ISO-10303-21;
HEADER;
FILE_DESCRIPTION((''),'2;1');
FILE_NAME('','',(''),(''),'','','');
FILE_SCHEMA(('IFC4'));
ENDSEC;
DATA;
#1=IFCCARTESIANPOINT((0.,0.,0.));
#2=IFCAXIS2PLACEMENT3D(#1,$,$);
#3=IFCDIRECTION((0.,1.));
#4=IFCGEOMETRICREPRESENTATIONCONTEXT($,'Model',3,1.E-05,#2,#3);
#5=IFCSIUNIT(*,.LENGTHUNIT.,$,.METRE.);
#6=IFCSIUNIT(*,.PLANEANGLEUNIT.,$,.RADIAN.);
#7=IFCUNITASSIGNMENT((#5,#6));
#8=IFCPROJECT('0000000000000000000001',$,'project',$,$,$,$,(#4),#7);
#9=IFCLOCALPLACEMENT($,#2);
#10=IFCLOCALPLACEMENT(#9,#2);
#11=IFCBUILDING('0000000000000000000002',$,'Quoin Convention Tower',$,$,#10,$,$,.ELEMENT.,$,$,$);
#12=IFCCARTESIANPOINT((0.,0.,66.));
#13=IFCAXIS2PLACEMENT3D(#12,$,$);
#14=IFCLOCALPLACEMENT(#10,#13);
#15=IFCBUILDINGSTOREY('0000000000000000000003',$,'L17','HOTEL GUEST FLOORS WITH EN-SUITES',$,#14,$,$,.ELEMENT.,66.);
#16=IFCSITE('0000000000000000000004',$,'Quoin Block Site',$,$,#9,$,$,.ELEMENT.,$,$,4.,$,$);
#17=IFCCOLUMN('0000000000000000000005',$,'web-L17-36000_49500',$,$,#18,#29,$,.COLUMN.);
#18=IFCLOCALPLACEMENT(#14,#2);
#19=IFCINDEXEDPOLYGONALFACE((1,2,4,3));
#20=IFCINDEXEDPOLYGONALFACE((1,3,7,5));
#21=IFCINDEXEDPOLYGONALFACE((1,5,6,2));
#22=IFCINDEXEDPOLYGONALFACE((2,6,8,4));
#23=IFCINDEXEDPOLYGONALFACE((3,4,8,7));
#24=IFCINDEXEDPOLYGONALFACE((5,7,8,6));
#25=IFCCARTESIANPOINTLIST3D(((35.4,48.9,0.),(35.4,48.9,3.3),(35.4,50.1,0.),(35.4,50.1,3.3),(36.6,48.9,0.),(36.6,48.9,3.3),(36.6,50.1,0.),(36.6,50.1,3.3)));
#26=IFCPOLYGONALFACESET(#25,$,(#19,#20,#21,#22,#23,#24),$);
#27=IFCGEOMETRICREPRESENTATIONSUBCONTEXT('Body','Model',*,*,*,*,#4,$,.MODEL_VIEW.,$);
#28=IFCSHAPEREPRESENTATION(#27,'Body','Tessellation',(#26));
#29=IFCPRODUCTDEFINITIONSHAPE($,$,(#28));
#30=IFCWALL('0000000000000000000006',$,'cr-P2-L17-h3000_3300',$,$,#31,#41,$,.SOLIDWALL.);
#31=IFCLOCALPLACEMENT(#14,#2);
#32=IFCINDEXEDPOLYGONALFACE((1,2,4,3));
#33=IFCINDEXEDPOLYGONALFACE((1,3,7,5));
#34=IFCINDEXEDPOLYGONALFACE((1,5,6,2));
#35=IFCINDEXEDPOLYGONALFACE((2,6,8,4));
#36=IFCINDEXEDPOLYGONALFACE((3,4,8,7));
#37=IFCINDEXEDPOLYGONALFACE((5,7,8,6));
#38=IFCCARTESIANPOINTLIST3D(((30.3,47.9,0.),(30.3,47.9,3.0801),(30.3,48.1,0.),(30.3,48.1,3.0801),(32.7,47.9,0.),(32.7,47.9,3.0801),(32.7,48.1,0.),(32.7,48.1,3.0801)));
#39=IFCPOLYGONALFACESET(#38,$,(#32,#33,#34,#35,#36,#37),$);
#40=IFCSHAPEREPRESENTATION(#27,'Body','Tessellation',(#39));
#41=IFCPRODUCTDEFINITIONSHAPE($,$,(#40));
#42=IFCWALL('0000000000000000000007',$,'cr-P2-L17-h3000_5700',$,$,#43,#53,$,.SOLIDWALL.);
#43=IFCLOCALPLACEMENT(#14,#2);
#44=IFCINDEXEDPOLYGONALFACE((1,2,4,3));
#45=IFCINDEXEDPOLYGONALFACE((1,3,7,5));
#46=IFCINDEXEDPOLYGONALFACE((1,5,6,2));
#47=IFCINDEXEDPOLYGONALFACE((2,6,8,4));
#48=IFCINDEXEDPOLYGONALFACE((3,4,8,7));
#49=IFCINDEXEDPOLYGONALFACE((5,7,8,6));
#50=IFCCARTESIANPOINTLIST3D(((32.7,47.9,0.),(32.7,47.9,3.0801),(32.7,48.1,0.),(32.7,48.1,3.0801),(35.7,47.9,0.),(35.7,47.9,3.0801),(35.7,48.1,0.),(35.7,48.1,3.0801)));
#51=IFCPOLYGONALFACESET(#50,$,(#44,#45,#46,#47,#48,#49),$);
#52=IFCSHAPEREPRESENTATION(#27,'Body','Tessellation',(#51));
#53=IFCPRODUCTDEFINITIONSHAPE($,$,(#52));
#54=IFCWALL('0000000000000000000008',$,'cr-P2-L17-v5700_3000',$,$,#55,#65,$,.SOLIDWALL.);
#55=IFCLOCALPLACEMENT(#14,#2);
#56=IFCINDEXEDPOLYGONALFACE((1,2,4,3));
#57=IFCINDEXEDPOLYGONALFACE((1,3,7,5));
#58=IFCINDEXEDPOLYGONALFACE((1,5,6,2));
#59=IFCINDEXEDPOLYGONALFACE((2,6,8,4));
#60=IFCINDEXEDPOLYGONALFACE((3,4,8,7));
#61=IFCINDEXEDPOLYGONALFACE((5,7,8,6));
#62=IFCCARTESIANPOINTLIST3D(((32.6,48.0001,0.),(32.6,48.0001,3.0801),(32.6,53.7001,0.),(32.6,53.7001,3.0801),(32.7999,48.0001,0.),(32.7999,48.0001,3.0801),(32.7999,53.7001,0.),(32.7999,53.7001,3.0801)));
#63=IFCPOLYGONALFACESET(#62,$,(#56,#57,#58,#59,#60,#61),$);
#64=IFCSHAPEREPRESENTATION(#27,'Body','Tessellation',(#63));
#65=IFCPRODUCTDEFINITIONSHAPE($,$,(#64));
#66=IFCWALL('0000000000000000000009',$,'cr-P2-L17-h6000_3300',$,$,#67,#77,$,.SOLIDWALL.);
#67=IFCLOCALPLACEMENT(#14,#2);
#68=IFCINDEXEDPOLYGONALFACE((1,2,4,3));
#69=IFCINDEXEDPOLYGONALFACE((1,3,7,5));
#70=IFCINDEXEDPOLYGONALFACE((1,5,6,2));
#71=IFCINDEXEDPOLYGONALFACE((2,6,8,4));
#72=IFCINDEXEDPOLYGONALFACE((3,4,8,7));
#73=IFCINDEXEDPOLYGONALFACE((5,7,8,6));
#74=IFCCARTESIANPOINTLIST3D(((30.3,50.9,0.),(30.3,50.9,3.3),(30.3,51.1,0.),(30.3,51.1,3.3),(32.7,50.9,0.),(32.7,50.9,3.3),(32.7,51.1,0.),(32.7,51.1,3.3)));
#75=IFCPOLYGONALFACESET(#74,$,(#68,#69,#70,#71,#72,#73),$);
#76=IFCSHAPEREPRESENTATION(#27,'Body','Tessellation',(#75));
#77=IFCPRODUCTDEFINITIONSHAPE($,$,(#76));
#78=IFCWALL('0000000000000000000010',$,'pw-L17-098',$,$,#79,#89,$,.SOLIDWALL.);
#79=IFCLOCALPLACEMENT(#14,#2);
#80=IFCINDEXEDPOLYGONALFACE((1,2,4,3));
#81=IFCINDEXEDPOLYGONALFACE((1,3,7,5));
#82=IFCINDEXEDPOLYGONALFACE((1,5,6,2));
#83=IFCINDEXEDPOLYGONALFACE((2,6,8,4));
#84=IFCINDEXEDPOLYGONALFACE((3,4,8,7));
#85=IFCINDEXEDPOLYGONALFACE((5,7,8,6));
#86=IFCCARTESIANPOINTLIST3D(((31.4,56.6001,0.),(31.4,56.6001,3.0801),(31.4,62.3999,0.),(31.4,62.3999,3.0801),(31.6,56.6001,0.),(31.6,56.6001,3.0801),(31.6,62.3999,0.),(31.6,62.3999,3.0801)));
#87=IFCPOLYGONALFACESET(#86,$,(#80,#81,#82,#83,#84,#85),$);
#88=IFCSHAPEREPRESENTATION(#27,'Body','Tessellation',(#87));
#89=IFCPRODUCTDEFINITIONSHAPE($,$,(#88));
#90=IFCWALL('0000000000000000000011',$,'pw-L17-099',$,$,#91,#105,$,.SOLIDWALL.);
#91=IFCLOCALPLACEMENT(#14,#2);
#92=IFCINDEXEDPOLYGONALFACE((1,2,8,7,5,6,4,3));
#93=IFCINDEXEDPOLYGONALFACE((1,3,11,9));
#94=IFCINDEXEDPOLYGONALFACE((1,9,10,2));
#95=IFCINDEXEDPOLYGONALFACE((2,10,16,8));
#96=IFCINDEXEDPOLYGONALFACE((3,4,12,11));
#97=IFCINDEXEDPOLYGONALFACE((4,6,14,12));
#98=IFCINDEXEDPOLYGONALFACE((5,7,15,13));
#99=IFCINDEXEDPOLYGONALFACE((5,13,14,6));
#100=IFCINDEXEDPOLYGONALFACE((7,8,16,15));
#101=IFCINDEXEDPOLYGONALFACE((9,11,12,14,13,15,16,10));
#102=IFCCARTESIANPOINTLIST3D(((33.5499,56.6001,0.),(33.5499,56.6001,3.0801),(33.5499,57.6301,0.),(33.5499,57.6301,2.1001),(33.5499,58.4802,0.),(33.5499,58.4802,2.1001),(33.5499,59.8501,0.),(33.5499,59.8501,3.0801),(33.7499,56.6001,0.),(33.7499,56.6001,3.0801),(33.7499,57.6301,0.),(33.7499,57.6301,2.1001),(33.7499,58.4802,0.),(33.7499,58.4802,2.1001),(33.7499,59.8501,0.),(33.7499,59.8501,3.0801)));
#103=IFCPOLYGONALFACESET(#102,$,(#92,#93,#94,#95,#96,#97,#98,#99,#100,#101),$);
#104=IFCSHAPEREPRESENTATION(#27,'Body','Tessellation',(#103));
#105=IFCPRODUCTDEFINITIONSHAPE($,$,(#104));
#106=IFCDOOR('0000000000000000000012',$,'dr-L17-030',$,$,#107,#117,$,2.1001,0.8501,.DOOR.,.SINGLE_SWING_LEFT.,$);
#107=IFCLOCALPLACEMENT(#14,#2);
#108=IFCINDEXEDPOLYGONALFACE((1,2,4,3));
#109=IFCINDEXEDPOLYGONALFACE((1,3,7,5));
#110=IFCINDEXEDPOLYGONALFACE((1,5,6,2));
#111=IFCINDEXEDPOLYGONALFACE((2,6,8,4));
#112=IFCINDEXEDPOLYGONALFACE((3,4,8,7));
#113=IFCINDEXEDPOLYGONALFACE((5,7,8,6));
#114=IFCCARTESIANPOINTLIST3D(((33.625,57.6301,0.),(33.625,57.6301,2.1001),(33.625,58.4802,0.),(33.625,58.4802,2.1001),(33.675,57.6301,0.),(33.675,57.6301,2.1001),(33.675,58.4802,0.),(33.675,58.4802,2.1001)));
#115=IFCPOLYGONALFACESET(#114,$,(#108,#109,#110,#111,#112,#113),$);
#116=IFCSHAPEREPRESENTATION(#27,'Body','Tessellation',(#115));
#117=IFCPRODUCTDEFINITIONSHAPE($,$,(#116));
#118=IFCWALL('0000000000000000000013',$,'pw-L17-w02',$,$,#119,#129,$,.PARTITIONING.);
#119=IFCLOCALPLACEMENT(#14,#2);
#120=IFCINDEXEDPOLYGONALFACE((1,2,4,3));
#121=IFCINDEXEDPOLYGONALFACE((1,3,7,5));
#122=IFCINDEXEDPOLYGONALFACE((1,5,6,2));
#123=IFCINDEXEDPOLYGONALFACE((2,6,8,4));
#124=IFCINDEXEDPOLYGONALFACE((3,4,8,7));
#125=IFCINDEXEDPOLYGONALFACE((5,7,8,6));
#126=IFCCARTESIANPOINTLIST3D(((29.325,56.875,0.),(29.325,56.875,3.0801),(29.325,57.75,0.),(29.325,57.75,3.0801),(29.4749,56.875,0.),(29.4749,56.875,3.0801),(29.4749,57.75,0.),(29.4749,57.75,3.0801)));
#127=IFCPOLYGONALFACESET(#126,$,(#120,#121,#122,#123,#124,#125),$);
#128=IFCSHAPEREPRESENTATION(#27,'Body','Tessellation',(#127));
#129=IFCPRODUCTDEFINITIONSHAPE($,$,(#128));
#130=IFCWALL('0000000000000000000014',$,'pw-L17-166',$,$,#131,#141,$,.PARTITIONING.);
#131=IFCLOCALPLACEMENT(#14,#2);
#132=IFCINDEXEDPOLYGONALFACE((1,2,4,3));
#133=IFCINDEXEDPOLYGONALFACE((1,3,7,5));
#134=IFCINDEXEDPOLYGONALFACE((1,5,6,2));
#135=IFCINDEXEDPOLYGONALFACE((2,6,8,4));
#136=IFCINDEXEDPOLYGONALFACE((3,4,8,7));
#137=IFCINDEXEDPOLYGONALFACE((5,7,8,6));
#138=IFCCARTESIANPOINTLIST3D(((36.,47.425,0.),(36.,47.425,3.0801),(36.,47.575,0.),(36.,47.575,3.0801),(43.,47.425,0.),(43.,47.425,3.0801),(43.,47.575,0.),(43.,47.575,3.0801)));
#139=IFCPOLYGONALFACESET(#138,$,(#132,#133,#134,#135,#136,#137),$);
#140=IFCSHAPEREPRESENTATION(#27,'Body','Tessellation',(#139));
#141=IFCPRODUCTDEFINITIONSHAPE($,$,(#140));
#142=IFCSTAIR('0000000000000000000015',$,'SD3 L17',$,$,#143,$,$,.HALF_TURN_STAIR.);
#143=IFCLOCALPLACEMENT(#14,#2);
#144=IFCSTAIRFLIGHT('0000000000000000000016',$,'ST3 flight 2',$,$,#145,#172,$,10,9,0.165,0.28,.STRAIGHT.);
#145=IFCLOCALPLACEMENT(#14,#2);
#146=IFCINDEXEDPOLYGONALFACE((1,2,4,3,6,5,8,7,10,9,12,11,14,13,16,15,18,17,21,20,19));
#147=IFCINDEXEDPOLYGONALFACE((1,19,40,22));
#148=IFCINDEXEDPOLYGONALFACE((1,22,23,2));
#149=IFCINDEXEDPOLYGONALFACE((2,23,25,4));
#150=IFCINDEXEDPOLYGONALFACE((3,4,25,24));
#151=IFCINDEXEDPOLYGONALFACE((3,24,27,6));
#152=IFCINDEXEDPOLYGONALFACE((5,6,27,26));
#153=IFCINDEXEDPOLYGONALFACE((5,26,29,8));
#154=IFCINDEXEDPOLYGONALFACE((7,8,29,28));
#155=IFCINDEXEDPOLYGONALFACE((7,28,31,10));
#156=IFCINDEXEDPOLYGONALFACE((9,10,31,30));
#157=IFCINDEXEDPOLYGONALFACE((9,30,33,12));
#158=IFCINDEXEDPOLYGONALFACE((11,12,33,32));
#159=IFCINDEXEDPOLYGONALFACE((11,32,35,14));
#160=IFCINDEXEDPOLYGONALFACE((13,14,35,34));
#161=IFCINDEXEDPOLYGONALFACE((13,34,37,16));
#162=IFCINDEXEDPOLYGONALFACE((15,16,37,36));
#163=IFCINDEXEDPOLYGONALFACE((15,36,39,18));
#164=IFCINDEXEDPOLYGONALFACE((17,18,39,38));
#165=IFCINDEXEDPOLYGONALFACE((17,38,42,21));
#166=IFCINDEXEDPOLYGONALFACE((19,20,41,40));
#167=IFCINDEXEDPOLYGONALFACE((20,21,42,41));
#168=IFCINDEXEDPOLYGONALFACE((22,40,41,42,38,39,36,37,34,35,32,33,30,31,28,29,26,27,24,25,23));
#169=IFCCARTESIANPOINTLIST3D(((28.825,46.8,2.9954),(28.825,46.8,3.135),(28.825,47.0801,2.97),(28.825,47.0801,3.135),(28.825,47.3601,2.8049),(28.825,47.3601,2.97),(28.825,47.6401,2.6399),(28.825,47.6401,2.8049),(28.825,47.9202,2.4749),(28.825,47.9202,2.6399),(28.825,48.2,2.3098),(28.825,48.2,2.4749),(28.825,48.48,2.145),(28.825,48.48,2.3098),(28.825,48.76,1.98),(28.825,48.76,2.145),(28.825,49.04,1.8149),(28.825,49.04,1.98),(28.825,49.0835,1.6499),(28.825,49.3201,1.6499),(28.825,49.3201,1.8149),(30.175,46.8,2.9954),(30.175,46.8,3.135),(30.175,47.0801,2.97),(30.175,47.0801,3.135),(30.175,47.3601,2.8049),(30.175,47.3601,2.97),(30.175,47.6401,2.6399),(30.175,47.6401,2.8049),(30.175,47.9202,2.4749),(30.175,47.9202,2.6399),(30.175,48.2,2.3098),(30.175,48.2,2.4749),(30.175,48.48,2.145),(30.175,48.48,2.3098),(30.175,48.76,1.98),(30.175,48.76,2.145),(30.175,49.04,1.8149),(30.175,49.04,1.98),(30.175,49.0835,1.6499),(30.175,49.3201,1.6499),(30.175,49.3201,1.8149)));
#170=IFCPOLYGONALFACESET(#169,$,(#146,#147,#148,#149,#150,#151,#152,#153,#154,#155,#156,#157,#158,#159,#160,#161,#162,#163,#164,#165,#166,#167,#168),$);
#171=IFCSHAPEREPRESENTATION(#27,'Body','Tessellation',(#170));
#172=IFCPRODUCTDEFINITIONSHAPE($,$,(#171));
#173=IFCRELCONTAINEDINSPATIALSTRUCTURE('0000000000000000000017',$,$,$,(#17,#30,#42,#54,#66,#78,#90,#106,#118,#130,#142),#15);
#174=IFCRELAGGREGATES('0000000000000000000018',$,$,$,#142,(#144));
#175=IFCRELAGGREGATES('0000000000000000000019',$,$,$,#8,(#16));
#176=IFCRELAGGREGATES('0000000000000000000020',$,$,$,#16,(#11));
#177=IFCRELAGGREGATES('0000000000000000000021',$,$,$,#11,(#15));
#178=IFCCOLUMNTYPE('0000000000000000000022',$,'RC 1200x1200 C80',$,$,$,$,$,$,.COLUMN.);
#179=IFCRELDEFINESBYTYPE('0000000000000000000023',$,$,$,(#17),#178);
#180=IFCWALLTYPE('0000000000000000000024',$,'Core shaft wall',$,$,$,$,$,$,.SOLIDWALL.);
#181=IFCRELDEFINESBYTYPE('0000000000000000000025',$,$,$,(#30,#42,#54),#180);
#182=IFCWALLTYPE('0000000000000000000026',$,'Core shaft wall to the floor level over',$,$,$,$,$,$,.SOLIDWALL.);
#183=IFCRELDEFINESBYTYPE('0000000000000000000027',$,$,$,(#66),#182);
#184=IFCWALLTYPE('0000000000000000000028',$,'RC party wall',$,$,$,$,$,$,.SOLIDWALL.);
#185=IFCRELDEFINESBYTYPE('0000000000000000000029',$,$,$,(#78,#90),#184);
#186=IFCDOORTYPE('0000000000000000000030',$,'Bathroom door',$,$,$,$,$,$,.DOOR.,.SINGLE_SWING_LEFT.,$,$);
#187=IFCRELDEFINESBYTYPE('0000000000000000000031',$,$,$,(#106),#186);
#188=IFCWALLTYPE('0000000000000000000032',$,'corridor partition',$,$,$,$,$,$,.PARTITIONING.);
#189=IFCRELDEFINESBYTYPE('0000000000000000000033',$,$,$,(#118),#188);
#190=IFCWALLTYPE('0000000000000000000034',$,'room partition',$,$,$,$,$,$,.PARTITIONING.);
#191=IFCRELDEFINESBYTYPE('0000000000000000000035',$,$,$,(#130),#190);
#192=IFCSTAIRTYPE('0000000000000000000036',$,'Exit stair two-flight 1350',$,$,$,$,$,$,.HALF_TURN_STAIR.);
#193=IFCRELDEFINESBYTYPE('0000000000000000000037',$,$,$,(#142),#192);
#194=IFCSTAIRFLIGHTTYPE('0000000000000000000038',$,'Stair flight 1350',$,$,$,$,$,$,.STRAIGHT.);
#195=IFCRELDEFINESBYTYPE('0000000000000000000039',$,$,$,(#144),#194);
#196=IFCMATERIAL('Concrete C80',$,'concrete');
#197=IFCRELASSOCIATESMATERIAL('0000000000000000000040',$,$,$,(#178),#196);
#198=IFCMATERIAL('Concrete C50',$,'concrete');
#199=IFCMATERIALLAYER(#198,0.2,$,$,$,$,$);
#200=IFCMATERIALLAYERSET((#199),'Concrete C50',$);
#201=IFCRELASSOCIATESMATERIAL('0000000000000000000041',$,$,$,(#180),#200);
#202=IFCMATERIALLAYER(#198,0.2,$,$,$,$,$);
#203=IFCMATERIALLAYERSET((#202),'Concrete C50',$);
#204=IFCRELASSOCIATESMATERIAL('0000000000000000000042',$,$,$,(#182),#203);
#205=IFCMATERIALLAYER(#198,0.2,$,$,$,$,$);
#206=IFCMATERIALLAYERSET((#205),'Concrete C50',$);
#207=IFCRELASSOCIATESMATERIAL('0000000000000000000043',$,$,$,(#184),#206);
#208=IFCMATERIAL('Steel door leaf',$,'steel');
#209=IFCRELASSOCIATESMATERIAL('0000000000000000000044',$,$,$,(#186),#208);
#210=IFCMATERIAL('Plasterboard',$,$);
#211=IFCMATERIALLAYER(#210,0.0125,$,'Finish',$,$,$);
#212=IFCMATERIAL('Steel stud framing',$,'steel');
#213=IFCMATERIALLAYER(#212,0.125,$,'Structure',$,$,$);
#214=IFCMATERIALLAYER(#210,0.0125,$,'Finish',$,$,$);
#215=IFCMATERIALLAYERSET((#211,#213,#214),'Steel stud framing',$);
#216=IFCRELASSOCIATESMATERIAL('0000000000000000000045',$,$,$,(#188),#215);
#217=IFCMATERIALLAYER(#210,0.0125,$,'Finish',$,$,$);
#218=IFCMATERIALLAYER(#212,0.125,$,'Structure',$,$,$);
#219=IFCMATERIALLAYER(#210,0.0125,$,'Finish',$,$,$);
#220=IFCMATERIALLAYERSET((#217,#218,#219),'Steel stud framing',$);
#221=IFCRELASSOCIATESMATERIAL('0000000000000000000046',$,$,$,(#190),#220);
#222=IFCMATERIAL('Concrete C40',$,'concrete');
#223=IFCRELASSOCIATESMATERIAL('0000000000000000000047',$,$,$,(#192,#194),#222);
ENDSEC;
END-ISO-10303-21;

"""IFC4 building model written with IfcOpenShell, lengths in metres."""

from ifc_helpers import new_model, si_unit, direction, frame, frame_2d, origin, origin_2d, place, context, subcontext, project, spatial, polyline, rectangle, outline, extrude, material, layer, layer_set, material_profile, profile_set, type_object, element, fill, aggregate, save


model = new_model("IFC4")

# Units and contexts
model_context = context("Model", 3, precision=1e-05, world=origin(), true_north=direction((0.0, 1.0)))
body_context = subcontext(model_context, "Body", "Model", "MODEL_VIEW")
ifc_project = project(units=[si_unit("LENGTHUNIT", "METRE"), si_unit("PLANEANGLEUNIT", "RADIAN")], contexts=[model_context])

# Site, building, storey
site_placement = place(None, origin())
site = spatial("IfcSite", under=ifc_project, at=site_placement, Name="Quoin Block Site", CompositionType="ELEMENT", RefElevation=4.0)
building_placement = place(site_placement, origin())
building = spatial("IfcBuilding", under=site, at=building_placement, Name="Quoin Convention Tower", CompositionType="ELEMENT")
storey_placement = place(building_placement, frame((0.0, 0.0, 66.0)))
storey = spatial("IfcBuildingStorey", under=building, at=storey_placement, Name="L17", Description="HOTEL GUEST FLOORS WITH EN-SUITES", CompositionType="ELEMENT", Elevation=66.0)

# Column
ifc_material_1 = material(Name="Concrete C80", Category="concrete")
ifc_material_profile = material_profile(ifc_material_1, rectangle(XDim=1.2, YDim=1.2, at=origin_2d()), Name="RC 1200x1200")
ifc_profile_set = profile_set([ifc_material_profile], Name="Concrete C80")
column_type = type_object("IfcColumnType", Name="RC 1200x1200 C80", PredefinedType="COLUMN", material=ifc_profile_set)
column_placement = place(storey_placement, frame((36.0, 49.5, 0.0), z_axis=(0.0, 0.0, 1.0), x_axis=(1.0, 0.0, 0.0)))
element("IfcColumn", 1, at=column_placement, inside=storey, type_object=column_type, Name="web-L17-36000_49500", PredefinedType="COLUMN", context=body_context, shape_type="SweptSolid", body=[
    extrude(rectangle(XDim=1.2, YDim=1.2, at=origin_2d()), origin(), (0.0, 0.0, 1.0), 3.3),
])

# Walls
ifc_material_2 = material(Name="Concrete C50", Category="concrete")
ifc_layer_1 = layer(ifc_material_2, 0.2)
ifc_layer_set_1 = layer_set([ifc_layer_1], Name="Concrete C50")
wall_type_1 = type_object("IfcWallType", Name="Core shaft wall", PredefinedType="SOLIDWALL", material=ifc_layer_set_1)
wall_1_placement = place(storey_placement, frame((30.3, 48.0, 0.0), z_axis=(0.0, 0.0, 1.0), x_axis=(1.0, 0.0, 0.0)))
element("IfcWall", 2, at=wall_1_placement, inside=storey, type_object=wall_type_1, Name="cr-P2-L17-h3000_3300", PredefinedType="SOLIDWALL", context=body_context, shape_type="SweptSolid", body=[
    extrude(rectangle(XDim=2.3999, YDim=0.2, at=frame_2d((1.2, 0.0))), origin(), (0.0, 0.0, 1.0), 3.0801),
])
wall_2_placement = place(storey_placement, frame((32.7, 48.0, 0.0), z_axis=(0.0, 0.0, 1.0), x_axis=(1.0, 0.0, 0.0)))
element("IfcWall", 3, at=wall_2_placement, inside=storey, type_object=wall_type_1, Name="cr-P2-L17-h3000_5700", PredefinedType="SOLIDWALL", context=body_context, shape_type="SweptSolid", body=[
    extrude(rectangle(XDim=3.0, YDim=0.2, at=frame_2d((1.5, 0.0))), origin(), (0.0, 0.0, 1.0), 3.0801),
])
wall_3_placement = place(storey_placement, frame((32.7, 48.0, 0.0), z_axis=(0.0, 0.0, 1.0), x_axis=(0.0, 1.0, 0.0)))
element("IfcWall", 4, at=wall_3_placement, inside=storey, type_object=wall_type_1, Name="cr-P2-L17-v5700_3000", PredefinedType="SOLIDWALL", context=body_context, shape_type="SweptSolid", body=[
    extrude(rectangle(XDim=5.7, YDim=0.2, at=frame_2d((2.8501, 0.0))), origin(), (0.0, 0.0, 1.0), 3.0801),
])
ifc_layer_2 = layer(ifc_material_2, 0.2)
ifc_layer_set_2 = layer_set([ifc_layer_2], Name="Concrete C50")
wall_type_2 = type_object("IfcWallType", Name="Core shaft wall to the floor level over", PredefinedType="SOLIDWALL", material=ifc_layer_set_2)
wall_4_placement = place(storey_placement, frame((30.3, 51.0, 0.0), z_axis=(0.0, 0.0, 1.0), x_axis=(1.0, 0.0, 0.0)))
element("IfcWall", 5, at=wall_4_placement, inside=storey, type_object=wall_type_2, Name="cr-P2-L17-h6000_3300", PredefinedType="SOLIDWALL", context=body_context, shape_type="SweptSolid", body=[
    extrude(rectangle(XDim=2.3999, YDim=0.2, at=frame_2d((1.2, 0.0))), origin(), (0.0, 0.0, 1.0), 3.3),
])
ifc_layer_3 = layer(ifc_material_2, 0.2)
ifc_layer_set_3 = layer_set([ifc_layer_3], Name="Concrete C50")
wall_type_3 = type_object("IfcWallType", Name="RC party wall", PredefinedType="SOLIDWALL", material=ifc_layer_set_3)
wall_5_placement = place(storey_placement, frame((31.5, 56.6001, 0.0), z_axis=(0.0, 0.0, 1.0), x_axis=(0.0, 1.0, 0.0)))
element("IfcWall", 6, at=wall_5_placement, inside=storey, type_object=wall_type_3, Name="pw-L17-098", PredefinedType="SOLIDWALL", context=body_context, shape_type="SweptSolid", body=[
    extrude(rectangle(XDim=5.7998, YDim=0.2, at=frame_2d((2.8999, 0.0))), origin(), (0.0, 0.0, 1.0), 3.0801),
])

# Wall, opening, door
wall_6_placement = place(storey_placement, frame((33.6499, 56.6001, 0.0), z_axis=(0.0, 0.0, 1.0), x_axis=(0.0, 1.0, 0.0)))
wall_6 = element("IfcWall", 7, at=wall_6_placement, inside=storey, type_object=wall_type_3, Name="pw-L17-099", PredefinedType="SOLIDWALL", context=body_context, shape_type="SweptSolid", body=[
    extrude(rectangle(XDim=3.25, YDim=0.2, at=frame_2d((1.625, 0.0))), origin(), (0.0, 0.0, 1.0), 3.0801),
])
opening_placement = place(wall_6_placement, frame((1.03, 0.0, 0.0)))
opening = element("IfcOpeningElement", 8, at=opening_placement, cuts=wall_6, PredefinedType="OPENING", context=body_context, shape_type="SweptSolid", body=[
    extrude(rectangle(XDim=0.8501, YDim=2.1001, at=frame_2d((0.425, 1.05))), frame((0.0, 0.1099, 0.0), z_axis=(0.0, -1.0, 0.0), x_axis=(1.0, 0.0, 0.0)), (0.0, 0.0, 1.0), 0.22),
])
ifc_material_3 = material(Name="Steel door leaf", Category="steel")
door_type = type_object("IfcDoorType", Name="Bathroom door", OperationType="SINGLE_SWING_LEFT", PredefinedType="DOOR", material=ifc_material_3)
door_placement = place(opening_placement, origin())
door = element("IfcDoor", 9, at=door_placement, inside=storey, type_object=door_type, Name="dr-L17-030", OperationType="SINGLE_SWING_LEFT", OverallHeight=2.1001, OverallWidth=0.8501, PredefinedType="DOOR", context=body_context, shape_type="SweptSolid", body=[
    extrude(rectangle(XDim=0.8501, YDim=2.1001, at=frame_2d((0.425, 1.05))), frame((0.0, 0.0249, 0.0), z_axis=(0.0, -1.0, 0.0), x_axis=(1.0, 0.0, 0.0)), (0.0, 0.0, 1.0), 0.05),
])
fill(opening, door)

# Walls
ifc_material_4 = material(Name="Plasterboard")
ifc_layer_4 = layer(ifc_material_4, 0.0125, Name="Finish")
ifc_material_5 = material(Name="Steel stud framing", Category="steel")
ifc_layer_5 = layer(ifc_material_5, 0.125, Name="Structure")
ifc_layer_6 = layer(ifc_material_4, 0.0125, Name="Finish")
ifc_layer_set_4 = layer_set([ifc_layer_4, ifc_layer_5, ifc_layer_6], Name="Steel stud framing")
wall_type_4 = type_object("IfcWallType", Name="corridor partition", PredefinedType="PARTITIONING", material=ifc_layer_set_4)
wall_7_placement = place(storey_placement, frame((29.3999, 57.75, 0.0), z_axis=(0.0, 0.0, 1.0), x_axis=(0.0, -1.0, 0.0)))
element("IfcWall", 10, at=wall_7_placement, inside=storey, type_object=wall_type_4, Name="pw-L17-w02", PredefinedType="PARTITIONING", context=body_context, shape_type="SweptSolid", body=[
    extrude(rectangle(XDim=0.875, YDim=0.1499, at=frame_2d((0.4375, 0.0))), origin(), (0.0, 0.0, 1.0), 3.0801),
])
ifc_layer_7 = layer(ifc_material_4, 0.0125, Name="Finish")
ifc_layer_8 = layer(ifc_material_5, 0.125, Name="Structure")
ifc_layer_9 = layer(ifc_material_4, 0.0125, Name="Finish")
ifc_layer_set_5 = layer_set([ifc_layer_7, ifc_layer_8, ifc_layer_9], Name="Steel stud framing")
wall_type_5 = type_object("IfcWallType", Name="room partition", PredefinedType="PARTITIONING", material=ifc_layer_set_5)
wall_8_placement = place(storey_placement, frame((36.0, 47.5, 0.0), z_axis=(0.0, 0.0, 1.0), x_axis=(1.0, 0.0, 0.0)))
element("IfcWall", 11, at=wall_8_placement, inside=storey, type_object=wall_type_5, Name="pw-L17-166", PredefinedType="PARTITIONING", context=body_context, shape_type="SweptSolid", body=[
    extrude(rectangle(XDim=7.0, YDim=0.1499, at=frame_2d((3.5, 0.0))), origin(), (0.0, 0.0, 1.0), 3.0801),
])

# Stair, stair flight
ifc_material_6 = material(Name="Concrete C40", Category="concrete")
stair_type = type_object("IfcStairType", Name="Exit stair two-flight 1350", PredefinedType="HALF_TURN_STAIR", material=ifc_material_6)
stair_1_placement = place(storey_placement, origin())
stair_1 = element("IfcStair", 12, at=stair_1_placement, inside=storey, type_object=stair_type, Name="SD3 L17", PredefinedType="HALF_TURN_STAIR")
stair_flight_type = type_object("IfcStairFlightType", Name="Stair flight 1350", PredefinedType="STRAIGHT", material=ifc_material_6)
stair_flight_1_placement = place(storey_placement, frame((29.5, 49.3201, 1.6499), z_axis=(0.0, 0.0, 1.0), x_axis=(0.0, -1.0, 0.0)))
stair_flight_1 = element("IfcStairFlight", 13, at=stair_flight_1_placement, type_object=stair_flight_type, Name="ST3 flight 2", NumberOfRisers=10, NumberOfTreads=9, PredefinedType="STRAIGHT", RiserHeight=0.165, TreadLength=0.28, context=body_context, shape_type="SweptSolid", body=[
    extrude(outline(polyline([(0.0, 0.0), (0.0, 0.165), (0.28, 0.165), (0.28, 0.3301), (0.5601, 0.3301), (0.5601, 0.4951), (0.8401, 0.4951), (0.8401, 0.6599), (1.1201, 0.6599), (1.1201, 0.825), (1.3999, 0.825), (1.3999, 0.99), (1.6799, 0.99), (1.6799, 1.155), (1.96, 1.155), (1.96, 1.3201), (2.24, 1.3201), (2.24, 1.4851), (2.52, 1.4851), (2.52, 1.6499), (2.52, 1.3455), (0.2366, 0.0), (0.0, 0.0)])), frame((0.0, 0.675, 0.0), z_axis=(0.0, -1.0, 0.0), x_axis=(1.0, 0.0, 0.0)), (0.0, 0.0, 1.0), 1.3501),
])
aggregate(stair_1, [stair_flight_1])

save(model, "model.ifc")
